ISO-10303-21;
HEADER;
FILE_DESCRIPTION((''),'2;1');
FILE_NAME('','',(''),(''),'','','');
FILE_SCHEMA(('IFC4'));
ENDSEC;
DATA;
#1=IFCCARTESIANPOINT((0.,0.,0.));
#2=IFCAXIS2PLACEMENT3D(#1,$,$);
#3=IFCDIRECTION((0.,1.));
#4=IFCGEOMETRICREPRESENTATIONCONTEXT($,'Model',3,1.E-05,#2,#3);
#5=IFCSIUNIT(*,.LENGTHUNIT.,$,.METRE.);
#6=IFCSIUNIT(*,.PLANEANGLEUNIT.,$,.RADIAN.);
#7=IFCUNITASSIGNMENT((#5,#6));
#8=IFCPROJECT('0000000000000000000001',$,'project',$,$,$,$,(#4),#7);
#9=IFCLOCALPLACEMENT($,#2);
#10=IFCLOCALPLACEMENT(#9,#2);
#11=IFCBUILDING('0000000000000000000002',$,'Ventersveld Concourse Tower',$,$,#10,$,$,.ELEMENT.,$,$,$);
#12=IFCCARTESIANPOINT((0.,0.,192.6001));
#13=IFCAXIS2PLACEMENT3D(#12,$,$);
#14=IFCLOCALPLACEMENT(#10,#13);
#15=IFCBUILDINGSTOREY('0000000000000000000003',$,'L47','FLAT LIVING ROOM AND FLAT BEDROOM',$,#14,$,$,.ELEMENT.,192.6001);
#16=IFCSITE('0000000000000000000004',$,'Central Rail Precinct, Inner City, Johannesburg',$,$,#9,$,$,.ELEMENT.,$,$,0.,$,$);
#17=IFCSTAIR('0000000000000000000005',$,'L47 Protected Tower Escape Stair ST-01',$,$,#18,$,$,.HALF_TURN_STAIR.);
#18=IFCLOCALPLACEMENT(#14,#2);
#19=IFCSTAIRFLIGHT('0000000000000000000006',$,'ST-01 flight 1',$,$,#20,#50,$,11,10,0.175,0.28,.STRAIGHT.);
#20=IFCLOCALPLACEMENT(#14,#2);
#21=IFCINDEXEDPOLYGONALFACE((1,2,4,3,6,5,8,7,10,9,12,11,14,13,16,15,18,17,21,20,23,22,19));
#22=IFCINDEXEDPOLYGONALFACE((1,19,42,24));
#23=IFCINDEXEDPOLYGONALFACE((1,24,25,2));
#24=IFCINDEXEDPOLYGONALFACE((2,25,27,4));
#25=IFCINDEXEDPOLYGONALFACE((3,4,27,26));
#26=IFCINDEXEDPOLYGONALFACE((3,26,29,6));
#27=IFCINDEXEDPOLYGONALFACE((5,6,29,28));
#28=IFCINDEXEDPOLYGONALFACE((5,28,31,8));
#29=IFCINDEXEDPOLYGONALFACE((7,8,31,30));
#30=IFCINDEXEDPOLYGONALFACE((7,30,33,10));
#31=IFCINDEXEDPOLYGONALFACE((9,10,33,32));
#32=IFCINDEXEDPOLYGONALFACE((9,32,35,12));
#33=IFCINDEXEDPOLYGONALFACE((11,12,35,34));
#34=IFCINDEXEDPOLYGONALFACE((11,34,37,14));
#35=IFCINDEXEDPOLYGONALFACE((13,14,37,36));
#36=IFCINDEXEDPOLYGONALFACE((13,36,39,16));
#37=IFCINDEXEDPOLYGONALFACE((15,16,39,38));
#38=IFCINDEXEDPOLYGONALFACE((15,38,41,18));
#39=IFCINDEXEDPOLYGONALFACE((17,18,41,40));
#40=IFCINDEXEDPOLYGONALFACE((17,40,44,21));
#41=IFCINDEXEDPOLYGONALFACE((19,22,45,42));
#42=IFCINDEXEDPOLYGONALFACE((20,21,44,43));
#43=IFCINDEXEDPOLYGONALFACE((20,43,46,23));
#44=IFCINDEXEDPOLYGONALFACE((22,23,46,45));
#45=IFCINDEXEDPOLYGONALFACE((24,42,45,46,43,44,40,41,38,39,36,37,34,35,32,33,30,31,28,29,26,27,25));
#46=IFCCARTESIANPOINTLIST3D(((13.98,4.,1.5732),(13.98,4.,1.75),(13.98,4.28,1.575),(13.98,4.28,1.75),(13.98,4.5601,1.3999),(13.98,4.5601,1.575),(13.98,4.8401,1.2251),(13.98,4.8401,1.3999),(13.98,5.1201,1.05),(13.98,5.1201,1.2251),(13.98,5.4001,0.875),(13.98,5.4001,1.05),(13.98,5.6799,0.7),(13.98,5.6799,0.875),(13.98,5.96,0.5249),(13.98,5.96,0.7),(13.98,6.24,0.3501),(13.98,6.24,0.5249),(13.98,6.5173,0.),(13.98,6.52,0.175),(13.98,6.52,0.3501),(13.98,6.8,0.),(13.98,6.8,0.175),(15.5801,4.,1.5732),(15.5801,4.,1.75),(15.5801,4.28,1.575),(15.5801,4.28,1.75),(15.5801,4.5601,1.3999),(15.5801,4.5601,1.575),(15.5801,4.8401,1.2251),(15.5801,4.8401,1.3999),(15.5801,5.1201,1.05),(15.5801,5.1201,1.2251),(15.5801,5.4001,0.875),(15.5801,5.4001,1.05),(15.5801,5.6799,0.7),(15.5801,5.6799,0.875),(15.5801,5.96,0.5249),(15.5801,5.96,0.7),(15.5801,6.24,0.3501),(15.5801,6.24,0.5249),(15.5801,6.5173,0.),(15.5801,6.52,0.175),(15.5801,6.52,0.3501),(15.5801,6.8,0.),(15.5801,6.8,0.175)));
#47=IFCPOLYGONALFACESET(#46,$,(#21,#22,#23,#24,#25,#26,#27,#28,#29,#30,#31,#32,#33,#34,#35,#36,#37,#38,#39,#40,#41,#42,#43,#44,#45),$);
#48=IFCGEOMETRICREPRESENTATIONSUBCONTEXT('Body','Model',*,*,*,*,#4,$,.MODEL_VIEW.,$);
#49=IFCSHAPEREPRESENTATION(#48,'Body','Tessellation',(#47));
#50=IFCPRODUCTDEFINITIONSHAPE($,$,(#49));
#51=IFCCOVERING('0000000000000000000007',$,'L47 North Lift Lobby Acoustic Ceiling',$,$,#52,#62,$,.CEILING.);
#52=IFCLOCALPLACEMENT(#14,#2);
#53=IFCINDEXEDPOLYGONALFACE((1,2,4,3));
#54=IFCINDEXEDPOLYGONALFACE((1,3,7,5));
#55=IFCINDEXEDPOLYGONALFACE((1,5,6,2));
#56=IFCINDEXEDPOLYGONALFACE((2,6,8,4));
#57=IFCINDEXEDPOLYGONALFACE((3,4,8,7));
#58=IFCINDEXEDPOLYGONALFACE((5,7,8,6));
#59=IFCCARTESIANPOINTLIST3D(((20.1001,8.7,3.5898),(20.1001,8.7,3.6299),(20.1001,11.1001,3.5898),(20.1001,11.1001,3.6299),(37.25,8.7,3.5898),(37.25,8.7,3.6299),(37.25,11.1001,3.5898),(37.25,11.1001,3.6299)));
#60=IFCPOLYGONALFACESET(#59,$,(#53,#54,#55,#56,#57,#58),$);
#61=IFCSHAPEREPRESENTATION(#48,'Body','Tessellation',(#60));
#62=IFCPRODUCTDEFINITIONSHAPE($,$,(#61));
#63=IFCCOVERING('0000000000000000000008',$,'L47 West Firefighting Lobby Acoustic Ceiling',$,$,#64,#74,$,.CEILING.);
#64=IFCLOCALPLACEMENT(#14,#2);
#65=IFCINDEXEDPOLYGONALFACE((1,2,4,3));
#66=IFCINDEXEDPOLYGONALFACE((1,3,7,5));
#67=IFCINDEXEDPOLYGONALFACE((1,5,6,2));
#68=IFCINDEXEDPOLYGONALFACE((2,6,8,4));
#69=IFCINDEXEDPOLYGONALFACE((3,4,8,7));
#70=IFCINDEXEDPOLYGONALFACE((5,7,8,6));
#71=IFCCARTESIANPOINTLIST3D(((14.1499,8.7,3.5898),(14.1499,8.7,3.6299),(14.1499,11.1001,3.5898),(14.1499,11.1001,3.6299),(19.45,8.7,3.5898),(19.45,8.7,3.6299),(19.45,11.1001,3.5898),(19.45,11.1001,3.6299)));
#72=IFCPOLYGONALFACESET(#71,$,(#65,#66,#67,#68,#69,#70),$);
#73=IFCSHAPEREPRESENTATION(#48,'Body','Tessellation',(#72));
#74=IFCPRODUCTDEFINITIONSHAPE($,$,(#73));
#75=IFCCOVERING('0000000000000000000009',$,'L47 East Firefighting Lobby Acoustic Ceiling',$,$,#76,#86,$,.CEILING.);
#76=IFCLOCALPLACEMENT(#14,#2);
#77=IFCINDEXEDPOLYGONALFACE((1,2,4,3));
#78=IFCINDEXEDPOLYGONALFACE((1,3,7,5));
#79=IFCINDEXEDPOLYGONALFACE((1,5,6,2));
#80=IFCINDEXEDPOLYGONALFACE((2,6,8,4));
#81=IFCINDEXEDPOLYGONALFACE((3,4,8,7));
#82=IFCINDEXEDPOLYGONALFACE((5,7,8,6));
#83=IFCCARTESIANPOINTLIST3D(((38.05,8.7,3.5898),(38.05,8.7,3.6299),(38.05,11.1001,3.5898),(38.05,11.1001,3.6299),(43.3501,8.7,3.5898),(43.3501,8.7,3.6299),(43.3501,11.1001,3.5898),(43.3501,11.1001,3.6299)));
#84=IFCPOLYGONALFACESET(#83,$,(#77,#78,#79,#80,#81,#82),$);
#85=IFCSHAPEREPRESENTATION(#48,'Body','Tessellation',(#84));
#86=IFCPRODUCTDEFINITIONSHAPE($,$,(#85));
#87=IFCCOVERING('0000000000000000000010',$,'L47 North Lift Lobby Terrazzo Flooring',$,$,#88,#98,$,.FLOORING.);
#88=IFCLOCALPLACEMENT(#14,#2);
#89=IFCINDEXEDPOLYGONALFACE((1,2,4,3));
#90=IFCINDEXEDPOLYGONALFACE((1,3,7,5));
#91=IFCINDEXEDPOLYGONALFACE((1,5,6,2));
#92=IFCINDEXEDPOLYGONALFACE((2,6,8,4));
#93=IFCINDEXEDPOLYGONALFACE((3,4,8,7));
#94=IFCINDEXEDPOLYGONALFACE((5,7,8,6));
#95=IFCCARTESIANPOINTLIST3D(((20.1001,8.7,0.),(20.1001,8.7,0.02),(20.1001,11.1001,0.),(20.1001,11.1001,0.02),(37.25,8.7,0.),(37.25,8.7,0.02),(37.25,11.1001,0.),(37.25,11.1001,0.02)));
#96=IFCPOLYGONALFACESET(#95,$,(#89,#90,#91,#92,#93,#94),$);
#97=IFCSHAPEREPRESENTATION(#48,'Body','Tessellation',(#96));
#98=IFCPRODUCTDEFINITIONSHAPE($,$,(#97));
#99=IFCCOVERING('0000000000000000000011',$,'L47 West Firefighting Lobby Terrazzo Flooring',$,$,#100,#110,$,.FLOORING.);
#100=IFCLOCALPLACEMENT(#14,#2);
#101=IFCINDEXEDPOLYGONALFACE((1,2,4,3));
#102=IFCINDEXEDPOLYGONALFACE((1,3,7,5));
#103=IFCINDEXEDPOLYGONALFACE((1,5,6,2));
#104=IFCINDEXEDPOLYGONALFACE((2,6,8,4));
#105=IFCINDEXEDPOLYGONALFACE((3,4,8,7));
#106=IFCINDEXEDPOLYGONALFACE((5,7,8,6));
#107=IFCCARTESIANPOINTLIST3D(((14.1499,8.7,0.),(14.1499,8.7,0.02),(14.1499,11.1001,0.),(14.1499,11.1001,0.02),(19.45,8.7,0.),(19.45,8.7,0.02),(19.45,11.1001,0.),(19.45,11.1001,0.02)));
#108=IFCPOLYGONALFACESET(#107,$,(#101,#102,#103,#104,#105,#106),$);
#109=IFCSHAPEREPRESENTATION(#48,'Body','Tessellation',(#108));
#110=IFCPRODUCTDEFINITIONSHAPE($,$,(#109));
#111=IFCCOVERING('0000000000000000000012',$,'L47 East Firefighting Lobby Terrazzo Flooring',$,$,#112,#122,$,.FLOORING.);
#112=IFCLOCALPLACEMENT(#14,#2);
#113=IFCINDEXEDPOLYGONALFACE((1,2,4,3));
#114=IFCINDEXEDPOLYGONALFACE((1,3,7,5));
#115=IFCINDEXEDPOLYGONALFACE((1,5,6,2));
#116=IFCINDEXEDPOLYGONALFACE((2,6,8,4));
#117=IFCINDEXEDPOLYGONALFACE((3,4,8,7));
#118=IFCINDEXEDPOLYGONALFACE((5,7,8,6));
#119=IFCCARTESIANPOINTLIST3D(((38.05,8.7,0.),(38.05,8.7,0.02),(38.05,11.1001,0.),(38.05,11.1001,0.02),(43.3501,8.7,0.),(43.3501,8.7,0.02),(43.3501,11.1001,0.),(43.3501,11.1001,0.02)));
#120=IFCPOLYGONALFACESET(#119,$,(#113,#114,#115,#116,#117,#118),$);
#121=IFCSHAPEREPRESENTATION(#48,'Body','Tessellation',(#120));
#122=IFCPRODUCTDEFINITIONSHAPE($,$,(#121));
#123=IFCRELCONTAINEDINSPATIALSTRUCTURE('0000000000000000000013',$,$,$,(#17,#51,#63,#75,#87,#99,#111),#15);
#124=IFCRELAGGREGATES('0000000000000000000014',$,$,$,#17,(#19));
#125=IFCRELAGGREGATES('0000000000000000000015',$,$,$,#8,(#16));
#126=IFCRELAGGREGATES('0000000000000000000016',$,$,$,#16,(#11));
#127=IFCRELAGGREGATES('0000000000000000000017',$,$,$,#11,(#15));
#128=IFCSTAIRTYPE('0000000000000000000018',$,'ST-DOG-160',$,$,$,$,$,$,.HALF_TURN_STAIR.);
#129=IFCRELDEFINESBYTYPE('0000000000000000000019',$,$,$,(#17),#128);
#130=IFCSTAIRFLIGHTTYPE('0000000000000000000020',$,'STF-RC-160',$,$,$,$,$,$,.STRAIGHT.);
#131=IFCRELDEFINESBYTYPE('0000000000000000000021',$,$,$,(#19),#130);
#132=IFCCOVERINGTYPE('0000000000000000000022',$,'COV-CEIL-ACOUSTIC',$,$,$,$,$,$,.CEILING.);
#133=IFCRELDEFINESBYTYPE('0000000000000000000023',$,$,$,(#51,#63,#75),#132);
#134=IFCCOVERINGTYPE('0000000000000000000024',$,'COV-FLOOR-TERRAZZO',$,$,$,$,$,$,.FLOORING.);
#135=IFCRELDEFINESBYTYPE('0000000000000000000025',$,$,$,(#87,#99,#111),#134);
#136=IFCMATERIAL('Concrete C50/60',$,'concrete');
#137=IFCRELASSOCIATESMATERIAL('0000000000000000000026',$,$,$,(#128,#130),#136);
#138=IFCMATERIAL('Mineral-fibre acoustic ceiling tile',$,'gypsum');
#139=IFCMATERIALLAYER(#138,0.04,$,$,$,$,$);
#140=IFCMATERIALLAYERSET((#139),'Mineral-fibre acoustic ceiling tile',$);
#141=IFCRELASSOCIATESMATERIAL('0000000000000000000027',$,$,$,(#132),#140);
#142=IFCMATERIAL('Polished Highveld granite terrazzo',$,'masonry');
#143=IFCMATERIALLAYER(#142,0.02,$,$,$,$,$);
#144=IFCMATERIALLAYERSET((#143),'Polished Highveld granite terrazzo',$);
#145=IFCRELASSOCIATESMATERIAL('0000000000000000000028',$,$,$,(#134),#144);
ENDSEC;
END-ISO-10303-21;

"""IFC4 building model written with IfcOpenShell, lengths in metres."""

from ifc_helpers import new_model, si_unit, direction, frame, origin, place, context, subcontext, project, spatial, polyline, outline, extrude, material, layer, layer_set, type_object, element, aggregate, save


model = new_model("IFC4")

# Units and contexts
model_context = context("Model", 3, precision=1e-05, world=origin(), true_north=direction((0.0, 1.0)))
body_context = subcontext(model_context, "Body", "Model", "MODEL_VIEW")
ifc_project = project(units=[si_unit("LENGTHUNIT", "METRE"), si_unit("PLANEANGLEUNIT", "RADIAN")], contexts=[model_context])

# Site, building, storey
site_placement = place(None, origin())
site = spatial("IfcSite", under=ifc_project, at=site_placement, Name="Central Rail Precinct, Inner City, Johannesburg", CompositionType="ELEMENT", RefElevation=0.0)
building_placement = place(site_placement, origin())
building = spatial("IfcBuilding", under=site, at=building_placement, Name="Ventersveld Concourse Tower", CompositionType="ELEMENT")
storey_placement = place(building_placement, frame((0.0, 0.0, 192.6001)))
storey = spatial("IfcBuildingStorey", under=building, at=storey_placement, Name="L47", Description="FLAT LIVING ROOM AND FLAT BEDROOM", CompositionType="ELEMENT", Elevation=192.6001)

# Shared definitions
ifc_material_1 = material(Name="Concrete C50/60", Category="concrete")

# Stair
stair_type_1 = type_object("IfcStairType", Name="ST-DOG-160", PredefinedType="HALF_TURN_STAIR", material=ifc_material_1)
stair_1_placement = place(storey_placement, origin())
stair_1 = element("IfcStair", 1, at=stair_1_placement, inside=storey, type_object=stair_type_1, Name="L47 Protected Tower Escape Stair ST-01", PredefinedType="HALF_TURN_STAIR")

# Stair flight
stair_flight_type = type_object("IfcStairFlightType", Name="STF-RC-160", PredefinedType="STRAIGHT", material=ifc_material_1)
stair_flight_placement = place(storey_placement, frame((14.78, 6.8, 0.0), z_axis=(0.0, 0.0, 1.0), x_axis=(0.0, -1.0, 0.0)))
stair_flight = element("IfcStairFlight", 2, at=stair_flight_placement, type_object=stair_flight_type, Name="ST-01 flight 1", NumberOfRisers=11, NumberOfTreads=10, PredefinedType="STRAIGHT", RiserHeight=0.175, TreadLength=0.28, context=body_context, shape_type="SweptSolid", body=[
    extrude(outline(polyline([(0.0, 0.0), (0.0, 0.175), (0.28, 0.175), (0.28, 0.3501), (0.5601, 0.3501), (0.5601, 0.5249), (0.8401, 0.5249), (0.8401, 0.7), (1.1201, 0.7), (1.1201, 0.875), (1.3999, 0.875), (1.3999, 1.05), (1.6799, 1.05), (1.6799, 1.2251), (1.96, 1.2251), (1.96, 1.3999), (2.24, 1.3999), (2.24, 1.575), (2.52, 1.575), (2.52, 1.75), (2.8, 1.75), (2.8, 1.925), (2.8, 1.5732), (0.2827, 0.0), (0.0, 0.0)])), frame((0.0, 0.8, 0.0), z_axis=(0.0, -1.0, 0.0), x_axis=(1.0, 0.0, 0.0)), (0.0, 0.0, 1.0), 1.6001),
])
aggregate(stair_1, [stair_flight])

# Coverings
ifc_material_2 = material(Name="Mineral-fibre acoustic ceiling tile", Category="gypsum")
ifc_layer_1 = layer(ifc_material_2, 0.04)
ifc_layer_set_1 = layer_set([ifc_layer_1], Name="Mineral-fibre acoustic ceiling tile")
covering_type_1 = type_object("IfcCoveringType", Name="COV-CEIL-ACOUSTIC", PredefinedType="CEILING", material=ifc_layer_set_1)
covering_1_placement = place(storey_placement, frame((0.0, 0.0, 3.5898)))
element("IfcCovering", 3, at=covering_1_placement, inside=storey, type_object=covering_type_1, Name="L47 North Lift Lobby Acoustic Ceiling", PredefinedType="CEILING", context=body_context, shape_type="SweptSolid", body=[
    extrude(outline(polyline([(20.1001, 8.7), (37.25, 8.7), (37.25, 11.1001), (20.1001, 11.1001), (20.1001, 8.7)])), origin(), (0.0, 0.0, 1.0), 0.04),
])
covering_2_placement = place(storey_placement, frame((0.0, 0.0, 3.5898)))
element("IfcCovering", 4, at=covering_2_placement, inside=storey, type_object=covering_type_1, Name="L47 West Firefighting Lobby Acoustic Ceiling", PredefinedType="CEILING", context=body_context, shape_type="SweptSolid", body=[
    extrude(outline(polyline([(14.1499, 8.7), (19.45, 8.7), (19.45, 11.1001), (14.1499, 11.1001), (14.1499, 8.7)])), origin(), (0.0, 0.0, 1.0), 0.04),
])
covering_3_placement = place(storey_placement, frame((0.0, 0.0, 3.5898)))
element("IfcCovering", 5, at=covering_3_placement, inside=storey, type_object=covering_type_1, Name="L47 East Firefighting Lobby Acoustic Ceiling", PredefinedType="CEILING", context=body_context, shape_type="SweptSolid", body=[
    extrude(outline(polyline([(38.05, 8.7), (43.3501, 8.7), (43.3501, 11.1001), (38.05, 11.1001), (38.05, 8.7)])), origin(), (0.0, 0.0, 1.0), 0.04),
])
ifc_material_3 = material(Name="Polished Highveld granite terrazzo", Category="masonry")
ifc_layer_2 = layer(ifc_material_3, 0.02)
ifc_layer_set_2 = layer_set([ifc_layer_2], Name="Polished Highveld granite terrazzo")
covering_type_2 = type_object("IfcCoveringType", Name="COV-FLOOR-TERRAZZO", PredefinedType="FLOORING", material=ifc_layer_set_2)
covering_4_placement = place(storey_placement, origin())
element("IfcCovering", 6, at=covering_4_placement, inside=storey, type_object=covering_type_2, Name="L47 North Lift Lobby Terrazzo Flooring", PredefinedType="FLOORING", context=body_context, shape_type="SweptSolid", body=[
    extrude(outline(polyline([(20.1001, 8.7), (37.25, 8.7), (37.25, 11.1001), (20.1001, 11.1001), (20.1001, 8.7)])), origin(), (0.0, 0.0, 1.0), 0.02),
])
covering_5_placement = place(storey_placement, origin())
element("IfcCovering", 7, at=covering_5_placement, inside=storey, type_object=covering_type_2, Name="L47 West Firefighting Lobby Terrazzo Flooring", PredefinedType="FLOORING", context=body_context, shape_type="SweptSolid", body=[
    extrude(outline(polyline([(14.1499, 8.7), (19.45, 8.7), (19.45, 11.1001), (14.1499, 11.1001), (14.1499, 8.7)])), origin(), (0.0, 0.0, 1.0), 0.02),
])
covering_6_placement = place(storey_placement, origin())
element("IfcCovering", 8, at=covering_6_placement, inside=storey, type_object=covering_type_2, Name="L47 East Firefighting Lobby Terrazzo Flooring", PredefinedType="FLOORING", context=body_context, shape_type="SweptSolid", body=[
    extrude(outline(polyline([(38.05, 8.7), (43.3501, 8.7), (43.3501, 11.1001), (38.05, 11.1001), (38.05, 8.7)])), origin(), (0.0, 0.0, 1.0), 0.02),
])

save(model, "model.ifc")
